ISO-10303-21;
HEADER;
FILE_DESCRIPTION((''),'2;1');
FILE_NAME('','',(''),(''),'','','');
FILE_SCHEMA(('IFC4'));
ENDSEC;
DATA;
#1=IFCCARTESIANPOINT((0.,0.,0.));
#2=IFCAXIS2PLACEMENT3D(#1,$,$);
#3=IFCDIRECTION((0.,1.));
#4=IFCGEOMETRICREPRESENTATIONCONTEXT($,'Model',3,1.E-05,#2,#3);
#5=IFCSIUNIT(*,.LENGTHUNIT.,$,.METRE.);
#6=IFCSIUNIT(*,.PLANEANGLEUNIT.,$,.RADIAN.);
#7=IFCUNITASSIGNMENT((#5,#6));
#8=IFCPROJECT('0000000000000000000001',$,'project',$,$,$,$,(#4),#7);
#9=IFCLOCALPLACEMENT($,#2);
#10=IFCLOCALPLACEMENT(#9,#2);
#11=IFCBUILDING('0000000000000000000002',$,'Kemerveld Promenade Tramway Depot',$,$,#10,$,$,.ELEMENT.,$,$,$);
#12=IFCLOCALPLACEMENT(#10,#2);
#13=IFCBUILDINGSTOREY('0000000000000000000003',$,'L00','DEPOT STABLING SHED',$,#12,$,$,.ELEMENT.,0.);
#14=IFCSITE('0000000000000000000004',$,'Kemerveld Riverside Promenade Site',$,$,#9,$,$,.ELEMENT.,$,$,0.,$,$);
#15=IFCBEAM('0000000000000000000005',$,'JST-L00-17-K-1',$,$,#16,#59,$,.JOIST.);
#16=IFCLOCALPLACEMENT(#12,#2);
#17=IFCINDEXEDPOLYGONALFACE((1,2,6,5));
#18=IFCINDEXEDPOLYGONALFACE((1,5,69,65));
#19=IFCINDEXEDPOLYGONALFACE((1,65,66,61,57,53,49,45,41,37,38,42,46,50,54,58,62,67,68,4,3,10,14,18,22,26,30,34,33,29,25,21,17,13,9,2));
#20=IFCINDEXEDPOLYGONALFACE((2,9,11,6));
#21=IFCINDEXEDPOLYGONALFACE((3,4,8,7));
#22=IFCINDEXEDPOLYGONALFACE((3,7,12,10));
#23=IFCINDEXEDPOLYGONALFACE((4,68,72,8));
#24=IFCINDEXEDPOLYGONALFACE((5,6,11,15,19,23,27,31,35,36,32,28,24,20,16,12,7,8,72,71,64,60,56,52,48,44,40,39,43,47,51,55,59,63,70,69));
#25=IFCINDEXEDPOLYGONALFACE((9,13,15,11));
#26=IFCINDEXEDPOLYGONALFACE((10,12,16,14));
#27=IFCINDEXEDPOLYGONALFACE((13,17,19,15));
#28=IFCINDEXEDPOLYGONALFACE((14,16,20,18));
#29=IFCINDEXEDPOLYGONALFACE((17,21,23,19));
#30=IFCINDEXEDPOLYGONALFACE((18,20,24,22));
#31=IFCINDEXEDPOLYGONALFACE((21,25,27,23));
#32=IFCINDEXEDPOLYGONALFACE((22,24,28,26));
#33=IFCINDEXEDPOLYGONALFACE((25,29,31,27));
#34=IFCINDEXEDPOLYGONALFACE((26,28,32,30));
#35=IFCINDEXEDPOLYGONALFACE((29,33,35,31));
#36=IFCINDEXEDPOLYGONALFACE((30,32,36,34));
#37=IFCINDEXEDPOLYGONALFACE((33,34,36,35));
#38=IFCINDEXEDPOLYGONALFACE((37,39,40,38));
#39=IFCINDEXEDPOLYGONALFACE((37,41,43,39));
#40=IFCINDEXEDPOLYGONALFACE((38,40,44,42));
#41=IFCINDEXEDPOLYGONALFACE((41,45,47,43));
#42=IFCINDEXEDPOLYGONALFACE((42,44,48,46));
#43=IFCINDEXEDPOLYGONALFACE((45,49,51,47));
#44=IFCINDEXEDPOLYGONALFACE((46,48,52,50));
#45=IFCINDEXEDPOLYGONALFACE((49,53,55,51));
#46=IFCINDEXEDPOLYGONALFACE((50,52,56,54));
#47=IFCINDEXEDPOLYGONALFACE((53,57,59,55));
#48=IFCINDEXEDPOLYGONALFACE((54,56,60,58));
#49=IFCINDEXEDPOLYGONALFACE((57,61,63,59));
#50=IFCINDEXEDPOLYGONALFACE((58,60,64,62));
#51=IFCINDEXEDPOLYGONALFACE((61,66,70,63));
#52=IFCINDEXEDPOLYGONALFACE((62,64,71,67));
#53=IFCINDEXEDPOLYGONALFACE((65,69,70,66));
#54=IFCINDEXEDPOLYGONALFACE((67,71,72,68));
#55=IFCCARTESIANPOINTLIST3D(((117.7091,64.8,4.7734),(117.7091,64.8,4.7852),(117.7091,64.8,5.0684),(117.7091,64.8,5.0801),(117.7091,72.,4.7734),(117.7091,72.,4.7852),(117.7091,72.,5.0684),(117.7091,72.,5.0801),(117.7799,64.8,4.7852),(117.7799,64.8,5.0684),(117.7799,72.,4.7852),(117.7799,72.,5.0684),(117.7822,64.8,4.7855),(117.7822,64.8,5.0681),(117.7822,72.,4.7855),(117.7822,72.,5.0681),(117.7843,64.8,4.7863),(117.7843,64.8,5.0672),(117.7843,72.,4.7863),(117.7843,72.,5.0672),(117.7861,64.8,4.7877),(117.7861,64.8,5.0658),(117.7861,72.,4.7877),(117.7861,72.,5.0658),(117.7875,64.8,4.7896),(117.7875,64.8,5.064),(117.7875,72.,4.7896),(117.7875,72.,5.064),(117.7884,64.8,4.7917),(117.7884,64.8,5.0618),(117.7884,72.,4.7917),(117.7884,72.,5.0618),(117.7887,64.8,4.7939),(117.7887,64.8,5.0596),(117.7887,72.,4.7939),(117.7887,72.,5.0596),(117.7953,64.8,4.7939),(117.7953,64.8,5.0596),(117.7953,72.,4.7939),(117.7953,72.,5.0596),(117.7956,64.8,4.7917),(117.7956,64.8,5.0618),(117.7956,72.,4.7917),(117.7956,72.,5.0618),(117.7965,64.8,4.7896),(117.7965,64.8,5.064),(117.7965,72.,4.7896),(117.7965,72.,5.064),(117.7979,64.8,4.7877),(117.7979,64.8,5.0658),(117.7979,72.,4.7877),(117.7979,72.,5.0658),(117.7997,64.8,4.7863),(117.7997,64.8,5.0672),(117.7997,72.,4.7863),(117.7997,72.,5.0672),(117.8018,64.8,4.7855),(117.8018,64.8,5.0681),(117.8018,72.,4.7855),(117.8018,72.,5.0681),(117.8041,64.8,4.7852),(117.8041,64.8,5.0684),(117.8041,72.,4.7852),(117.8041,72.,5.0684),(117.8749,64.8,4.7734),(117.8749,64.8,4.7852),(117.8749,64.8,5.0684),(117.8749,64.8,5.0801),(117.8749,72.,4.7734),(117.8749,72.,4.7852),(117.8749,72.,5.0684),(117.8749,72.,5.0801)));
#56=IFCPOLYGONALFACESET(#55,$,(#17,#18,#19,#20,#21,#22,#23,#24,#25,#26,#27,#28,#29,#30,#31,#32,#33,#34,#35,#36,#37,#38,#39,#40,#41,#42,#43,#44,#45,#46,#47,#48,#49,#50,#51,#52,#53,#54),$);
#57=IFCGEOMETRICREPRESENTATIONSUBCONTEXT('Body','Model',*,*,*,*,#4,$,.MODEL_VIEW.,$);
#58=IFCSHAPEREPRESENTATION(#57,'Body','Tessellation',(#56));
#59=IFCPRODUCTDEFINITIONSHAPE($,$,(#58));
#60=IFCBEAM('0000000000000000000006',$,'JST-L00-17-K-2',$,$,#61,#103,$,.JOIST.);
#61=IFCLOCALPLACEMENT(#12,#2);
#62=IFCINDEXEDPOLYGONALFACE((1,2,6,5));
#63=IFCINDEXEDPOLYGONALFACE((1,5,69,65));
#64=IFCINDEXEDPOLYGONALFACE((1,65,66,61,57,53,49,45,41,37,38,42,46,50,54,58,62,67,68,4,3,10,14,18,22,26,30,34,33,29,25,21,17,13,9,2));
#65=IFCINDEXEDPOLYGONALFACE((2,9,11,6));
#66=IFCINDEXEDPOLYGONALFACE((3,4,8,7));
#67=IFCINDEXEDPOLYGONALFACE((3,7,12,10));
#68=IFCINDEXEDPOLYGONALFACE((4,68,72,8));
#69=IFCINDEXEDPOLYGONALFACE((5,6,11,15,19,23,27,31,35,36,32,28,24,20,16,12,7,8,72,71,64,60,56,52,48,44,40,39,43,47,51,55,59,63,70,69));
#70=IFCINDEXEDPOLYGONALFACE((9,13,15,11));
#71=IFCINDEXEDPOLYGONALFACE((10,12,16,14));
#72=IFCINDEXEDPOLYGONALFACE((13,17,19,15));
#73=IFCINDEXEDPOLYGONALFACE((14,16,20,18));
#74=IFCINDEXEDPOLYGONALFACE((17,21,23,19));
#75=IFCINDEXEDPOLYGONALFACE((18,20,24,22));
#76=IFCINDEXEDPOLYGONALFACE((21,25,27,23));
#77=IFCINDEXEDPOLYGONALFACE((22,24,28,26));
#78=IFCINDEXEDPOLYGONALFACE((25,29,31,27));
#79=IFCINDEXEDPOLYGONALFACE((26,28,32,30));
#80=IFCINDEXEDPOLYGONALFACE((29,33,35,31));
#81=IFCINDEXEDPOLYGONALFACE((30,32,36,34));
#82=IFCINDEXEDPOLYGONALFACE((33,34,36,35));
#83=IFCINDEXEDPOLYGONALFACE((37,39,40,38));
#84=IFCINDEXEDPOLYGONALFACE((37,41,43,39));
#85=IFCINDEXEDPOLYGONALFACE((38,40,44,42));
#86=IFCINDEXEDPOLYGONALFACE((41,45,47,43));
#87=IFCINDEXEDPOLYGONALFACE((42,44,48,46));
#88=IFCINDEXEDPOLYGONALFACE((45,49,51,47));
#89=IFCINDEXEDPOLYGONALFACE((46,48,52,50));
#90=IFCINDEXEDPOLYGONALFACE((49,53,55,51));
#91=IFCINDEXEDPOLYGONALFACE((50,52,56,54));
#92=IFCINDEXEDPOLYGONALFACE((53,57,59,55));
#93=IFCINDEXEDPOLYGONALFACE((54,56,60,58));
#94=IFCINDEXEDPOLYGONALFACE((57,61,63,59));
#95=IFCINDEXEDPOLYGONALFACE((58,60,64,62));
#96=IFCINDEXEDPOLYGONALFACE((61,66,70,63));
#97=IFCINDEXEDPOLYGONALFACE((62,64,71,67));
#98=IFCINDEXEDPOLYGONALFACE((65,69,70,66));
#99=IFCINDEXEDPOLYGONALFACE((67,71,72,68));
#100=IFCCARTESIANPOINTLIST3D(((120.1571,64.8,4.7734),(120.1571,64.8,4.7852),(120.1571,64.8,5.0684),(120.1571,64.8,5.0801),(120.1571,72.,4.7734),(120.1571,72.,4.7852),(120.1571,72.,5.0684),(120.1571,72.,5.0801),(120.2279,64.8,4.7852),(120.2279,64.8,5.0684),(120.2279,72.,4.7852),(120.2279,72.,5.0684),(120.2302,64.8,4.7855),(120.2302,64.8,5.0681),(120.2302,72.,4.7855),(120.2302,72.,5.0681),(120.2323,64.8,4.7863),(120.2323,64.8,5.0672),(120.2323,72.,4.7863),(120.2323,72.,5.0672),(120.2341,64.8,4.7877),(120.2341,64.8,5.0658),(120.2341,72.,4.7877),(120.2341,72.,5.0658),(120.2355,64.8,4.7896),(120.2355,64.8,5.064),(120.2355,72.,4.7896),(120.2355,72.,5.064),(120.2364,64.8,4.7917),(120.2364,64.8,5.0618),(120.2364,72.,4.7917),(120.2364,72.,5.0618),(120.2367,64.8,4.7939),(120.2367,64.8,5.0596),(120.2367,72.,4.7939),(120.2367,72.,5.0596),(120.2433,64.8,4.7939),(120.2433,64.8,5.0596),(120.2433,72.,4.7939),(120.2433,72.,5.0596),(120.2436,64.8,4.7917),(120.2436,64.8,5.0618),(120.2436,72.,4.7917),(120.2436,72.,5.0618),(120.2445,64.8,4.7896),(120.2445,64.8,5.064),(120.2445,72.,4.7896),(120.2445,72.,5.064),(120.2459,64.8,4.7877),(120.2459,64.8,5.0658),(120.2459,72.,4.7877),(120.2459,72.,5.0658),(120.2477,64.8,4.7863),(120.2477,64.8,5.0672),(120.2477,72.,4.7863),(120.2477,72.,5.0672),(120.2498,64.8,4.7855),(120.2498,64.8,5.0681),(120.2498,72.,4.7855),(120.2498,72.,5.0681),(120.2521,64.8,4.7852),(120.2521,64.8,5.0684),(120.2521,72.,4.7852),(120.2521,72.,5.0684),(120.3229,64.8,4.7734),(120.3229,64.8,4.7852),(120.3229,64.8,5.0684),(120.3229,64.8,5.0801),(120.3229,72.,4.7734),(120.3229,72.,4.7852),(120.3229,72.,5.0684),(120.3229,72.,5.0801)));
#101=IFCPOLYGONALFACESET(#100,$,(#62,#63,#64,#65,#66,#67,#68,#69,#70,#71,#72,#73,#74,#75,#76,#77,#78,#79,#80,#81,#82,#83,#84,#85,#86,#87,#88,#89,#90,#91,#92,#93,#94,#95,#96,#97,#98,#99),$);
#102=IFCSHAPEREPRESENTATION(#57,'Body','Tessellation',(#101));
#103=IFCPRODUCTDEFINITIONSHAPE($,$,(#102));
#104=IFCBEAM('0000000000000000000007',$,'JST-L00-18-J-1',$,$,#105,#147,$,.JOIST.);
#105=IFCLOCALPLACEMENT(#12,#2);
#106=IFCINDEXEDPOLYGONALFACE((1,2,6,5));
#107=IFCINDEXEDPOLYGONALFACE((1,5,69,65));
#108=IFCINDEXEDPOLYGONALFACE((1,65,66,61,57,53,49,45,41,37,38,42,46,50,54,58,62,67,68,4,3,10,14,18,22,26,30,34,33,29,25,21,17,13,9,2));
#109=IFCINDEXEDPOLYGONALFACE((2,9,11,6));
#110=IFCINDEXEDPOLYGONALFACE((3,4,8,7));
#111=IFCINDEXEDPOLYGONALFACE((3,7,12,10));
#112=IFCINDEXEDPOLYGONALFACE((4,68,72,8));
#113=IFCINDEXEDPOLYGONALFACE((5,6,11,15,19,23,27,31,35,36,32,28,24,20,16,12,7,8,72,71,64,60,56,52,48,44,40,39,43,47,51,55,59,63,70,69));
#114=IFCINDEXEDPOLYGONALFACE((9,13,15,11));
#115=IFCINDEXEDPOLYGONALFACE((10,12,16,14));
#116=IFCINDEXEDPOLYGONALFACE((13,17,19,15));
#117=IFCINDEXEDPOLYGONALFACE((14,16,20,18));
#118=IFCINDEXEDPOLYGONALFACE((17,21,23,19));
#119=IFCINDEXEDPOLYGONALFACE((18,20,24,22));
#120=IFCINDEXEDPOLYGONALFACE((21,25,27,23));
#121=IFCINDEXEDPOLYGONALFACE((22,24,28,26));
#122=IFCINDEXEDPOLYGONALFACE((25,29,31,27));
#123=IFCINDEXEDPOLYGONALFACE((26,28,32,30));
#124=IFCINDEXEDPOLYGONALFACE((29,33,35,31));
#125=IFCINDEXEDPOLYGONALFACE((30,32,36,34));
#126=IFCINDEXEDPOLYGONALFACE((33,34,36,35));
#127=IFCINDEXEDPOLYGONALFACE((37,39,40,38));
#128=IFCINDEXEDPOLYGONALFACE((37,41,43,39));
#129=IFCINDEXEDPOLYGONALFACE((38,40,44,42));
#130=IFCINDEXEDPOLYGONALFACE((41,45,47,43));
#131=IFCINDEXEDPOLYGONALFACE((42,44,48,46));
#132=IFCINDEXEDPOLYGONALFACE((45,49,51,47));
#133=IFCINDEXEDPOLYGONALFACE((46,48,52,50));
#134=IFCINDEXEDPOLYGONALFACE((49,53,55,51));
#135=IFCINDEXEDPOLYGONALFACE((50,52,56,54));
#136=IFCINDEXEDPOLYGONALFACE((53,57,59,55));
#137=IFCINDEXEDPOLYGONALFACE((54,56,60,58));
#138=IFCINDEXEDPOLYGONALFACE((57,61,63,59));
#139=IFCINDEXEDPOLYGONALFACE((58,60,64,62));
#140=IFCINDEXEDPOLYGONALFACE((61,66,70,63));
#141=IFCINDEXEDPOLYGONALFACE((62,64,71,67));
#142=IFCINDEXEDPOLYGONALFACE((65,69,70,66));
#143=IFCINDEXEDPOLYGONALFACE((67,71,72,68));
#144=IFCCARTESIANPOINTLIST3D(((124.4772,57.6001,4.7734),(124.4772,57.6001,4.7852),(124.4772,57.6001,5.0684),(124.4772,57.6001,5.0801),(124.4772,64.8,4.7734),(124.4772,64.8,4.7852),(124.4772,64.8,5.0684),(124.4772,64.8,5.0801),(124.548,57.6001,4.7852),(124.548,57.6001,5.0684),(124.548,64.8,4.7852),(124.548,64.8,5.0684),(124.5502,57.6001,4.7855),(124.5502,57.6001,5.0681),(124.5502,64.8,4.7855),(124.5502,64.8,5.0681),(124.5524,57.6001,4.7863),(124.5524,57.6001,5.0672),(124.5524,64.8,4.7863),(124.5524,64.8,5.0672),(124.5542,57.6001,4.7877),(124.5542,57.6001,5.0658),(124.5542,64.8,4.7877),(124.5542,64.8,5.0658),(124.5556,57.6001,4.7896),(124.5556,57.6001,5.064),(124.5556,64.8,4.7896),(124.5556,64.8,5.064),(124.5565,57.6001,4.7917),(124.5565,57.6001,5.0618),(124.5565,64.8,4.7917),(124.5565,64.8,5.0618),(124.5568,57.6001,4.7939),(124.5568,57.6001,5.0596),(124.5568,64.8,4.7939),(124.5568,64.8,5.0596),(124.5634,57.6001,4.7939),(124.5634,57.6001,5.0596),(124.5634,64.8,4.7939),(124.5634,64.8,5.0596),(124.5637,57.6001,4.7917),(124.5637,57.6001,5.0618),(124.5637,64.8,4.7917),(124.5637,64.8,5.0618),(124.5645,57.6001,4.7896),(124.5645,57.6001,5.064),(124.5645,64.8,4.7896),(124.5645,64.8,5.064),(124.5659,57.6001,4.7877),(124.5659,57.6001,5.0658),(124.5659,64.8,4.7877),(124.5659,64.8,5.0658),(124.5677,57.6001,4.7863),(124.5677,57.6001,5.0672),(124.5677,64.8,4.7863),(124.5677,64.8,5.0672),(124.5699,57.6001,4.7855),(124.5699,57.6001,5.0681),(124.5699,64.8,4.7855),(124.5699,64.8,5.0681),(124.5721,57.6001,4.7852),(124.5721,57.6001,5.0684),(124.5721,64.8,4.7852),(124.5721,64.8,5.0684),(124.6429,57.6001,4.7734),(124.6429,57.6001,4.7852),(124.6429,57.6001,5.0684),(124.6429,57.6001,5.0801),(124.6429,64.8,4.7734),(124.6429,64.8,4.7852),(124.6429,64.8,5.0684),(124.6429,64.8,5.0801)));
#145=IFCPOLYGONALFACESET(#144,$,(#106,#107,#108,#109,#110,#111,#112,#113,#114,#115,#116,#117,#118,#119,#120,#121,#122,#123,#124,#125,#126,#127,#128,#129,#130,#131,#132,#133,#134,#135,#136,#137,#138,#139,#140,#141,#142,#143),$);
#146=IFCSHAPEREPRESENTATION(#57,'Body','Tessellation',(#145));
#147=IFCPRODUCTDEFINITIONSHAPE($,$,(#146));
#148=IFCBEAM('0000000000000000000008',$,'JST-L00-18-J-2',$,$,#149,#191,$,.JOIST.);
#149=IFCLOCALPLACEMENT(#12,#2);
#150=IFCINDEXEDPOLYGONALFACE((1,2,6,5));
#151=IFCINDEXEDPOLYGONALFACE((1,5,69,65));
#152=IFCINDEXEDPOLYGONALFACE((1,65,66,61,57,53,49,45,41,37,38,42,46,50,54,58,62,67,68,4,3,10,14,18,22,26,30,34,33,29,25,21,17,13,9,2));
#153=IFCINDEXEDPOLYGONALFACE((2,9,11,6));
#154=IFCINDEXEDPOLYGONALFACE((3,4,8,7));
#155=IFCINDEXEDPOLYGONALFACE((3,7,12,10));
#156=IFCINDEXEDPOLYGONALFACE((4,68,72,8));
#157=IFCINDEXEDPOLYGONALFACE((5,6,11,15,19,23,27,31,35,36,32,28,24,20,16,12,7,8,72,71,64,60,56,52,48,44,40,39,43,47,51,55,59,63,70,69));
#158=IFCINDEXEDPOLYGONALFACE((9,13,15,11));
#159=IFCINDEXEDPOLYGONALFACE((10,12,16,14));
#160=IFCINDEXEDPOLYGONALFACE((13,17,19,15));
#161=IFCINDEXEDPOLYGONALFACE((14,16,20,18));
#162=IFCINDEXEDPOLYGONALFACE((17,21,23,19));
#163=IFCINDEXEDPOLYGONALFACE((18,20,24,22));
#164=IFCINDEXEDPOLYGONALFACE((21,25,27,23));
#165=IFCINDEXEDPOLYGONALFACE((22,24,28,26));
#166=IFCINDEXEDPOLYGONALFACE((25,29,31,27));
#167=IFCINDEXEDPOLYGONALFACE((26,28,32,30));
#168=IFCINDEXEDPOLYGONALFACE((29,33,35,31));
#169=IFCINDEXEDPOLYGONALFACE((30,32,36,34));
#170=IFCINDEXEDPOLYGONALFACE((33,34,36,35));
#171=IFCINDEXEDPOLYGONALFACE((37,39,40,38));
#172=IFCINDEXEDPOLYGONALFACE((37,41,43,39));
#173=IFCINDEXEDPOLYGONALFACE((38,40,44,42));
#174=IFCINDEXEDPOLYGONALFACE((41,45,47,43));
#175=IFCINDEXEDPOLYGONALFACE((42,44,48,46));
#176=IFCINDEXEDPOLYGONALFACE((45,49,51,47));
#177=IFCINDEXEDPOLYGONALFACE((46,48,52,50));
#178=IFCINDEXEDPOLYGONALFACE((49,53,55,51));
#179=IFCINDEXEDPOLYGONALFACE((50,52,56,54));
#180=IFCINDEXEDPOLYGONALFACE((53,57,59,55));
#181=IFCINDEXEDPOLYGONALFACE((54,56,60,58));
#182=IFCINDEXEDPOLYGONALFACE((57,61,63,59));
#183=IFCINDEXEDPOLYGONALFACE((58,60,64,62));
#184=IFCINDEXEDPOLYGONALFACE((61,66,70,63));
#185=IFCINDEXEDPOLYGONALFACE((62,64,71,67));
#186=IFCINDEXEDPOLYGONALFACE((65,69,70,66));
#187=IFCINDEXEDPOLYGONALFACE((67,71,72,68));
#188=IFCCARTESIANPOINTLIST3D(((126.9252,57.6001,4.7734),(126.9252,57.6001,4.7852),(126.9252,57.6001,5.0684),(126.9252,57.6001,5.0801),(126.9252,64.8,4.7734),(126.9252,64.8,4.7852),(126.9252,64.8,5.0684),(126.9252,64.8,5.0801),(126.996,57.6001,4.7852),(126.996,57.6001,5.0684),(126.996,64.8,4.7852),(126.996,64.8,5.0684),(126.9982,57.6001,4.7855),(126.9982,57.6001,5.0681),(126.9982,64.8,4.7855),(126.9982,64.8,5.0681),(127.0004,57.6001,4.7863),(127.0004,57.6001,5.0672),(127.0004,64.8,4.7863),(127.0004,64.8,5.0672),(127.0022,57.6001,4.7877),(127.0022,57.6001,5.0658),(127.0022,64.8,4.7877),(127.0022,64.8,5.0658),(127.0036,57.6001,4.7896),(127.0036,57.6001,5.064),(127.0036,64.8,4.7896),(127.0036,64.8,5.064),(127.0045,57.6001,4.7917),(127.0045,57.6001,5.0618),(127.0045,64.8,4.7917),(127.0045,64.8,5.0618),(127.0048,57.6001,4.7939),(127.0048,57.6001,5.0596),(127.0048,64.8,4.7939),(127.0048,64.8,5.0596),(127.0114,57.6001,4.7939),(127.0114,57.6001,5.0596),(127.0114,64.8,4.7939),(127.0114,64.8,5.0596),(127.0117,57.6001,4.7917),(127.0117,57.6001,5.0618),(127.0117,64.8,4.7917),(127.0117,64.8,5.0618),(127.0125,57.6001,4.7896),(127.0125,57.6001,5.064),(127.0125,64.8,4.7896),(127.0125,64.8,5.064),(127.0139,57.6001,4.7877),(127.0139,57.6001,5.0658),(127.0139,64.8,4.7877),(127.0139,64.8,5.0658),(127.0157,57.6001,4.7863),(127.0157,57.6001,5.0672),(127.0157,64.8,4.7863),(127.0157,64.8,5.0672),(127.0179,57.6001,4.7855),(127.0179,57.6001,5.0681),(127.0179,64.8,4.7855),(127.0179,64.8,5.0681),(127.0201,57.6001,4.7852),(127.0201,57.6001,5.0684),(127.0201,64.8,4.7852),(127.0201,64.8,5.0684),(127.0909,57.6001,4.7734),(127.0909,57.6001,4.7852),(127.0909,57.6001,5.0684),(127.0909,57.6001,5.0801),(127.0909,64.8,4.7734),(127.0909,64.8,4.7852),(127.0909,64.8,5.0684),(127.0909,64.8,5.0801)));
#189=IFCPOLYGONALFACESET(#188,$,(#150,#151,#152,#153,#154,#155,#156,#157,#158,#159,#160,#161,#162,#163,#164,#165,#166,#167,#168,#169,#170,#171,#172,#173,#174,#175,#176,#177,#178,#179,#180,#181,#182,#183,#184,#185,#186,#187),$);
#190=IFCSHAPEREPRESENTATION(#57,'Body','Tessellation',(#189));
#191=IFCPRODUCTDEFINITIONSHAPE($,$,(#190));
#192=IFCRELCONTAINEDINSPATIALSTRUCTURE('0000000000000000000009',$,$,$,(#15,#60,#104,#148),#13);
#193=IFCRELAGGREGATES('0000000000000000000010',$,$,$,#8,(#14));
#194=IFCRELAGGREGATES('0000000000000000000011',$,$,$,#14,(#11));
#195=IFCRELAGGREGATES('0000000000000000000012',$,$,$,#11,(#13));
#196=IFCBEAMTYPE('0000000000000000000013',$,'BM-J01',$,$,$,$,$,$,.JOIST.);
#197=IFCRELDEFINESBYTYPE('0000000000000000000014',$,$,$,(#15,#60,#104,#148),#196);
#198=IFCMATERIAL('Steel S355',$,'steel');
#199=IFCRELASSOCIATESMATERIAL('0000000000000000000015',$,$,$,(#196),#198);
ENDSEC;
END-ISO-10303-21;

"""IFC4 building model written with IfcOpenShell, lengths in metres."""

from ifc_helpers import new_model, si_unit, direction, frame, origin, origin_2d, place, context, subcontext, project, spatial, i_section, extrude, material, material_profile, profile_set, type_object, element, save


model = new_model("IFC4")

# Units and contexts
model_context = context("Model", 3, precision=1e-05, world=origin(), true_north=direction((0.0, 1.0)))
body_context = subcontext(model_context, "Body", "Model", "MODEL_VIEW")
ifc_project = project(units=[si_unit("LENGTHUNIT", "METRE"), si_unit("PLANEANGLEUNIT", "RADIAN")], contexts=[model_context])

# Site, building, storey
site_placement = place(None, origin())
site = spatial("IfcSite", under=ifc_project, at=site_placement, Name="Kemerveld Riverside Promenade Site", CompositionType="ELEMENT", RefElevation=0.0)
building_placement = place(site_placement, origin())
building = spatial("IfcBuilding", under=site, at=building_placement, Name="Kemerveld Promenade Tramway Depot", CompositionType="ELEMENT")
storey_placement = place(building_placement, origin())
storey = spatial("IfcBuildingStorey", under=building, at=storey_placement, Name="L00", Description="DEPOT STABLING SHED", CompositionType="ELEMENT", Elevation=0.0)

# Beams
ifc_material_1 = material(Name="Steel S355", Category="steel")
ifc_material_profile_1 = material_profile(ifc_material_1, i_section(OverallWidth=0.1658, OverallDepth=0.3066, WebThickness=0.0066, FlangeThickness=0.0117, FilletRadius=0.0088, at=origin_2d()), Name="305x165x46 UB")
ifc_profile_set_1 = profile_set([ifc_material_profile_1], Name="Steel S355")
beam_type_1 = type_object("IfcBeamType", Name="BM-J01", PredefinedType="JOIST", material=ifc_profile_set_1)
for number, where, z_axis, x_axis, name in (
    (1, (117.792, 64.8, 4.9268), (0.0, 1.0, 0.0), (-1.0, 0.0, 0.0), "JST-L00-17-K-1"),
    (2, (120.24, 64.8, 4.9268), (0.0, 1.0, 0.0), (-1.0, 0.0, 0.0), "JST-L00-17-K-2"),
    (3, (124.5601, 57.6001, 4.9268), (0.0, 1.0, 0.0), (-1.0, 0.0, 0.0), "JST-L00-18-J-1"),
    (4, (127.0081, 57.6001, 4.9268), (0.0, 1.0, 0.0), (-1.0, 0.0, 0.0), "JST-L00-18-J-2"),
):
    element("IfcBeam", number, at=place(storey_placement, frame(where, z_axis=z_axis, x_axis=x_axis)), inside=storey, type_object=beam_type_1, Name=name, PredefinedType="JOIST", context=body_context, shape_type="SweptSolid", body=[
        extrude(i_section(OverallWidth=0.1658, OverallDepth=0.3066, WebThickness=0.0066, FlangeThickness=0.0117, FilletRadius=0.0088, at=origin_2d()), origin(), (0.0, 0.0, 1.0), 7.2),
    ])

save(model, "model.ifc")
